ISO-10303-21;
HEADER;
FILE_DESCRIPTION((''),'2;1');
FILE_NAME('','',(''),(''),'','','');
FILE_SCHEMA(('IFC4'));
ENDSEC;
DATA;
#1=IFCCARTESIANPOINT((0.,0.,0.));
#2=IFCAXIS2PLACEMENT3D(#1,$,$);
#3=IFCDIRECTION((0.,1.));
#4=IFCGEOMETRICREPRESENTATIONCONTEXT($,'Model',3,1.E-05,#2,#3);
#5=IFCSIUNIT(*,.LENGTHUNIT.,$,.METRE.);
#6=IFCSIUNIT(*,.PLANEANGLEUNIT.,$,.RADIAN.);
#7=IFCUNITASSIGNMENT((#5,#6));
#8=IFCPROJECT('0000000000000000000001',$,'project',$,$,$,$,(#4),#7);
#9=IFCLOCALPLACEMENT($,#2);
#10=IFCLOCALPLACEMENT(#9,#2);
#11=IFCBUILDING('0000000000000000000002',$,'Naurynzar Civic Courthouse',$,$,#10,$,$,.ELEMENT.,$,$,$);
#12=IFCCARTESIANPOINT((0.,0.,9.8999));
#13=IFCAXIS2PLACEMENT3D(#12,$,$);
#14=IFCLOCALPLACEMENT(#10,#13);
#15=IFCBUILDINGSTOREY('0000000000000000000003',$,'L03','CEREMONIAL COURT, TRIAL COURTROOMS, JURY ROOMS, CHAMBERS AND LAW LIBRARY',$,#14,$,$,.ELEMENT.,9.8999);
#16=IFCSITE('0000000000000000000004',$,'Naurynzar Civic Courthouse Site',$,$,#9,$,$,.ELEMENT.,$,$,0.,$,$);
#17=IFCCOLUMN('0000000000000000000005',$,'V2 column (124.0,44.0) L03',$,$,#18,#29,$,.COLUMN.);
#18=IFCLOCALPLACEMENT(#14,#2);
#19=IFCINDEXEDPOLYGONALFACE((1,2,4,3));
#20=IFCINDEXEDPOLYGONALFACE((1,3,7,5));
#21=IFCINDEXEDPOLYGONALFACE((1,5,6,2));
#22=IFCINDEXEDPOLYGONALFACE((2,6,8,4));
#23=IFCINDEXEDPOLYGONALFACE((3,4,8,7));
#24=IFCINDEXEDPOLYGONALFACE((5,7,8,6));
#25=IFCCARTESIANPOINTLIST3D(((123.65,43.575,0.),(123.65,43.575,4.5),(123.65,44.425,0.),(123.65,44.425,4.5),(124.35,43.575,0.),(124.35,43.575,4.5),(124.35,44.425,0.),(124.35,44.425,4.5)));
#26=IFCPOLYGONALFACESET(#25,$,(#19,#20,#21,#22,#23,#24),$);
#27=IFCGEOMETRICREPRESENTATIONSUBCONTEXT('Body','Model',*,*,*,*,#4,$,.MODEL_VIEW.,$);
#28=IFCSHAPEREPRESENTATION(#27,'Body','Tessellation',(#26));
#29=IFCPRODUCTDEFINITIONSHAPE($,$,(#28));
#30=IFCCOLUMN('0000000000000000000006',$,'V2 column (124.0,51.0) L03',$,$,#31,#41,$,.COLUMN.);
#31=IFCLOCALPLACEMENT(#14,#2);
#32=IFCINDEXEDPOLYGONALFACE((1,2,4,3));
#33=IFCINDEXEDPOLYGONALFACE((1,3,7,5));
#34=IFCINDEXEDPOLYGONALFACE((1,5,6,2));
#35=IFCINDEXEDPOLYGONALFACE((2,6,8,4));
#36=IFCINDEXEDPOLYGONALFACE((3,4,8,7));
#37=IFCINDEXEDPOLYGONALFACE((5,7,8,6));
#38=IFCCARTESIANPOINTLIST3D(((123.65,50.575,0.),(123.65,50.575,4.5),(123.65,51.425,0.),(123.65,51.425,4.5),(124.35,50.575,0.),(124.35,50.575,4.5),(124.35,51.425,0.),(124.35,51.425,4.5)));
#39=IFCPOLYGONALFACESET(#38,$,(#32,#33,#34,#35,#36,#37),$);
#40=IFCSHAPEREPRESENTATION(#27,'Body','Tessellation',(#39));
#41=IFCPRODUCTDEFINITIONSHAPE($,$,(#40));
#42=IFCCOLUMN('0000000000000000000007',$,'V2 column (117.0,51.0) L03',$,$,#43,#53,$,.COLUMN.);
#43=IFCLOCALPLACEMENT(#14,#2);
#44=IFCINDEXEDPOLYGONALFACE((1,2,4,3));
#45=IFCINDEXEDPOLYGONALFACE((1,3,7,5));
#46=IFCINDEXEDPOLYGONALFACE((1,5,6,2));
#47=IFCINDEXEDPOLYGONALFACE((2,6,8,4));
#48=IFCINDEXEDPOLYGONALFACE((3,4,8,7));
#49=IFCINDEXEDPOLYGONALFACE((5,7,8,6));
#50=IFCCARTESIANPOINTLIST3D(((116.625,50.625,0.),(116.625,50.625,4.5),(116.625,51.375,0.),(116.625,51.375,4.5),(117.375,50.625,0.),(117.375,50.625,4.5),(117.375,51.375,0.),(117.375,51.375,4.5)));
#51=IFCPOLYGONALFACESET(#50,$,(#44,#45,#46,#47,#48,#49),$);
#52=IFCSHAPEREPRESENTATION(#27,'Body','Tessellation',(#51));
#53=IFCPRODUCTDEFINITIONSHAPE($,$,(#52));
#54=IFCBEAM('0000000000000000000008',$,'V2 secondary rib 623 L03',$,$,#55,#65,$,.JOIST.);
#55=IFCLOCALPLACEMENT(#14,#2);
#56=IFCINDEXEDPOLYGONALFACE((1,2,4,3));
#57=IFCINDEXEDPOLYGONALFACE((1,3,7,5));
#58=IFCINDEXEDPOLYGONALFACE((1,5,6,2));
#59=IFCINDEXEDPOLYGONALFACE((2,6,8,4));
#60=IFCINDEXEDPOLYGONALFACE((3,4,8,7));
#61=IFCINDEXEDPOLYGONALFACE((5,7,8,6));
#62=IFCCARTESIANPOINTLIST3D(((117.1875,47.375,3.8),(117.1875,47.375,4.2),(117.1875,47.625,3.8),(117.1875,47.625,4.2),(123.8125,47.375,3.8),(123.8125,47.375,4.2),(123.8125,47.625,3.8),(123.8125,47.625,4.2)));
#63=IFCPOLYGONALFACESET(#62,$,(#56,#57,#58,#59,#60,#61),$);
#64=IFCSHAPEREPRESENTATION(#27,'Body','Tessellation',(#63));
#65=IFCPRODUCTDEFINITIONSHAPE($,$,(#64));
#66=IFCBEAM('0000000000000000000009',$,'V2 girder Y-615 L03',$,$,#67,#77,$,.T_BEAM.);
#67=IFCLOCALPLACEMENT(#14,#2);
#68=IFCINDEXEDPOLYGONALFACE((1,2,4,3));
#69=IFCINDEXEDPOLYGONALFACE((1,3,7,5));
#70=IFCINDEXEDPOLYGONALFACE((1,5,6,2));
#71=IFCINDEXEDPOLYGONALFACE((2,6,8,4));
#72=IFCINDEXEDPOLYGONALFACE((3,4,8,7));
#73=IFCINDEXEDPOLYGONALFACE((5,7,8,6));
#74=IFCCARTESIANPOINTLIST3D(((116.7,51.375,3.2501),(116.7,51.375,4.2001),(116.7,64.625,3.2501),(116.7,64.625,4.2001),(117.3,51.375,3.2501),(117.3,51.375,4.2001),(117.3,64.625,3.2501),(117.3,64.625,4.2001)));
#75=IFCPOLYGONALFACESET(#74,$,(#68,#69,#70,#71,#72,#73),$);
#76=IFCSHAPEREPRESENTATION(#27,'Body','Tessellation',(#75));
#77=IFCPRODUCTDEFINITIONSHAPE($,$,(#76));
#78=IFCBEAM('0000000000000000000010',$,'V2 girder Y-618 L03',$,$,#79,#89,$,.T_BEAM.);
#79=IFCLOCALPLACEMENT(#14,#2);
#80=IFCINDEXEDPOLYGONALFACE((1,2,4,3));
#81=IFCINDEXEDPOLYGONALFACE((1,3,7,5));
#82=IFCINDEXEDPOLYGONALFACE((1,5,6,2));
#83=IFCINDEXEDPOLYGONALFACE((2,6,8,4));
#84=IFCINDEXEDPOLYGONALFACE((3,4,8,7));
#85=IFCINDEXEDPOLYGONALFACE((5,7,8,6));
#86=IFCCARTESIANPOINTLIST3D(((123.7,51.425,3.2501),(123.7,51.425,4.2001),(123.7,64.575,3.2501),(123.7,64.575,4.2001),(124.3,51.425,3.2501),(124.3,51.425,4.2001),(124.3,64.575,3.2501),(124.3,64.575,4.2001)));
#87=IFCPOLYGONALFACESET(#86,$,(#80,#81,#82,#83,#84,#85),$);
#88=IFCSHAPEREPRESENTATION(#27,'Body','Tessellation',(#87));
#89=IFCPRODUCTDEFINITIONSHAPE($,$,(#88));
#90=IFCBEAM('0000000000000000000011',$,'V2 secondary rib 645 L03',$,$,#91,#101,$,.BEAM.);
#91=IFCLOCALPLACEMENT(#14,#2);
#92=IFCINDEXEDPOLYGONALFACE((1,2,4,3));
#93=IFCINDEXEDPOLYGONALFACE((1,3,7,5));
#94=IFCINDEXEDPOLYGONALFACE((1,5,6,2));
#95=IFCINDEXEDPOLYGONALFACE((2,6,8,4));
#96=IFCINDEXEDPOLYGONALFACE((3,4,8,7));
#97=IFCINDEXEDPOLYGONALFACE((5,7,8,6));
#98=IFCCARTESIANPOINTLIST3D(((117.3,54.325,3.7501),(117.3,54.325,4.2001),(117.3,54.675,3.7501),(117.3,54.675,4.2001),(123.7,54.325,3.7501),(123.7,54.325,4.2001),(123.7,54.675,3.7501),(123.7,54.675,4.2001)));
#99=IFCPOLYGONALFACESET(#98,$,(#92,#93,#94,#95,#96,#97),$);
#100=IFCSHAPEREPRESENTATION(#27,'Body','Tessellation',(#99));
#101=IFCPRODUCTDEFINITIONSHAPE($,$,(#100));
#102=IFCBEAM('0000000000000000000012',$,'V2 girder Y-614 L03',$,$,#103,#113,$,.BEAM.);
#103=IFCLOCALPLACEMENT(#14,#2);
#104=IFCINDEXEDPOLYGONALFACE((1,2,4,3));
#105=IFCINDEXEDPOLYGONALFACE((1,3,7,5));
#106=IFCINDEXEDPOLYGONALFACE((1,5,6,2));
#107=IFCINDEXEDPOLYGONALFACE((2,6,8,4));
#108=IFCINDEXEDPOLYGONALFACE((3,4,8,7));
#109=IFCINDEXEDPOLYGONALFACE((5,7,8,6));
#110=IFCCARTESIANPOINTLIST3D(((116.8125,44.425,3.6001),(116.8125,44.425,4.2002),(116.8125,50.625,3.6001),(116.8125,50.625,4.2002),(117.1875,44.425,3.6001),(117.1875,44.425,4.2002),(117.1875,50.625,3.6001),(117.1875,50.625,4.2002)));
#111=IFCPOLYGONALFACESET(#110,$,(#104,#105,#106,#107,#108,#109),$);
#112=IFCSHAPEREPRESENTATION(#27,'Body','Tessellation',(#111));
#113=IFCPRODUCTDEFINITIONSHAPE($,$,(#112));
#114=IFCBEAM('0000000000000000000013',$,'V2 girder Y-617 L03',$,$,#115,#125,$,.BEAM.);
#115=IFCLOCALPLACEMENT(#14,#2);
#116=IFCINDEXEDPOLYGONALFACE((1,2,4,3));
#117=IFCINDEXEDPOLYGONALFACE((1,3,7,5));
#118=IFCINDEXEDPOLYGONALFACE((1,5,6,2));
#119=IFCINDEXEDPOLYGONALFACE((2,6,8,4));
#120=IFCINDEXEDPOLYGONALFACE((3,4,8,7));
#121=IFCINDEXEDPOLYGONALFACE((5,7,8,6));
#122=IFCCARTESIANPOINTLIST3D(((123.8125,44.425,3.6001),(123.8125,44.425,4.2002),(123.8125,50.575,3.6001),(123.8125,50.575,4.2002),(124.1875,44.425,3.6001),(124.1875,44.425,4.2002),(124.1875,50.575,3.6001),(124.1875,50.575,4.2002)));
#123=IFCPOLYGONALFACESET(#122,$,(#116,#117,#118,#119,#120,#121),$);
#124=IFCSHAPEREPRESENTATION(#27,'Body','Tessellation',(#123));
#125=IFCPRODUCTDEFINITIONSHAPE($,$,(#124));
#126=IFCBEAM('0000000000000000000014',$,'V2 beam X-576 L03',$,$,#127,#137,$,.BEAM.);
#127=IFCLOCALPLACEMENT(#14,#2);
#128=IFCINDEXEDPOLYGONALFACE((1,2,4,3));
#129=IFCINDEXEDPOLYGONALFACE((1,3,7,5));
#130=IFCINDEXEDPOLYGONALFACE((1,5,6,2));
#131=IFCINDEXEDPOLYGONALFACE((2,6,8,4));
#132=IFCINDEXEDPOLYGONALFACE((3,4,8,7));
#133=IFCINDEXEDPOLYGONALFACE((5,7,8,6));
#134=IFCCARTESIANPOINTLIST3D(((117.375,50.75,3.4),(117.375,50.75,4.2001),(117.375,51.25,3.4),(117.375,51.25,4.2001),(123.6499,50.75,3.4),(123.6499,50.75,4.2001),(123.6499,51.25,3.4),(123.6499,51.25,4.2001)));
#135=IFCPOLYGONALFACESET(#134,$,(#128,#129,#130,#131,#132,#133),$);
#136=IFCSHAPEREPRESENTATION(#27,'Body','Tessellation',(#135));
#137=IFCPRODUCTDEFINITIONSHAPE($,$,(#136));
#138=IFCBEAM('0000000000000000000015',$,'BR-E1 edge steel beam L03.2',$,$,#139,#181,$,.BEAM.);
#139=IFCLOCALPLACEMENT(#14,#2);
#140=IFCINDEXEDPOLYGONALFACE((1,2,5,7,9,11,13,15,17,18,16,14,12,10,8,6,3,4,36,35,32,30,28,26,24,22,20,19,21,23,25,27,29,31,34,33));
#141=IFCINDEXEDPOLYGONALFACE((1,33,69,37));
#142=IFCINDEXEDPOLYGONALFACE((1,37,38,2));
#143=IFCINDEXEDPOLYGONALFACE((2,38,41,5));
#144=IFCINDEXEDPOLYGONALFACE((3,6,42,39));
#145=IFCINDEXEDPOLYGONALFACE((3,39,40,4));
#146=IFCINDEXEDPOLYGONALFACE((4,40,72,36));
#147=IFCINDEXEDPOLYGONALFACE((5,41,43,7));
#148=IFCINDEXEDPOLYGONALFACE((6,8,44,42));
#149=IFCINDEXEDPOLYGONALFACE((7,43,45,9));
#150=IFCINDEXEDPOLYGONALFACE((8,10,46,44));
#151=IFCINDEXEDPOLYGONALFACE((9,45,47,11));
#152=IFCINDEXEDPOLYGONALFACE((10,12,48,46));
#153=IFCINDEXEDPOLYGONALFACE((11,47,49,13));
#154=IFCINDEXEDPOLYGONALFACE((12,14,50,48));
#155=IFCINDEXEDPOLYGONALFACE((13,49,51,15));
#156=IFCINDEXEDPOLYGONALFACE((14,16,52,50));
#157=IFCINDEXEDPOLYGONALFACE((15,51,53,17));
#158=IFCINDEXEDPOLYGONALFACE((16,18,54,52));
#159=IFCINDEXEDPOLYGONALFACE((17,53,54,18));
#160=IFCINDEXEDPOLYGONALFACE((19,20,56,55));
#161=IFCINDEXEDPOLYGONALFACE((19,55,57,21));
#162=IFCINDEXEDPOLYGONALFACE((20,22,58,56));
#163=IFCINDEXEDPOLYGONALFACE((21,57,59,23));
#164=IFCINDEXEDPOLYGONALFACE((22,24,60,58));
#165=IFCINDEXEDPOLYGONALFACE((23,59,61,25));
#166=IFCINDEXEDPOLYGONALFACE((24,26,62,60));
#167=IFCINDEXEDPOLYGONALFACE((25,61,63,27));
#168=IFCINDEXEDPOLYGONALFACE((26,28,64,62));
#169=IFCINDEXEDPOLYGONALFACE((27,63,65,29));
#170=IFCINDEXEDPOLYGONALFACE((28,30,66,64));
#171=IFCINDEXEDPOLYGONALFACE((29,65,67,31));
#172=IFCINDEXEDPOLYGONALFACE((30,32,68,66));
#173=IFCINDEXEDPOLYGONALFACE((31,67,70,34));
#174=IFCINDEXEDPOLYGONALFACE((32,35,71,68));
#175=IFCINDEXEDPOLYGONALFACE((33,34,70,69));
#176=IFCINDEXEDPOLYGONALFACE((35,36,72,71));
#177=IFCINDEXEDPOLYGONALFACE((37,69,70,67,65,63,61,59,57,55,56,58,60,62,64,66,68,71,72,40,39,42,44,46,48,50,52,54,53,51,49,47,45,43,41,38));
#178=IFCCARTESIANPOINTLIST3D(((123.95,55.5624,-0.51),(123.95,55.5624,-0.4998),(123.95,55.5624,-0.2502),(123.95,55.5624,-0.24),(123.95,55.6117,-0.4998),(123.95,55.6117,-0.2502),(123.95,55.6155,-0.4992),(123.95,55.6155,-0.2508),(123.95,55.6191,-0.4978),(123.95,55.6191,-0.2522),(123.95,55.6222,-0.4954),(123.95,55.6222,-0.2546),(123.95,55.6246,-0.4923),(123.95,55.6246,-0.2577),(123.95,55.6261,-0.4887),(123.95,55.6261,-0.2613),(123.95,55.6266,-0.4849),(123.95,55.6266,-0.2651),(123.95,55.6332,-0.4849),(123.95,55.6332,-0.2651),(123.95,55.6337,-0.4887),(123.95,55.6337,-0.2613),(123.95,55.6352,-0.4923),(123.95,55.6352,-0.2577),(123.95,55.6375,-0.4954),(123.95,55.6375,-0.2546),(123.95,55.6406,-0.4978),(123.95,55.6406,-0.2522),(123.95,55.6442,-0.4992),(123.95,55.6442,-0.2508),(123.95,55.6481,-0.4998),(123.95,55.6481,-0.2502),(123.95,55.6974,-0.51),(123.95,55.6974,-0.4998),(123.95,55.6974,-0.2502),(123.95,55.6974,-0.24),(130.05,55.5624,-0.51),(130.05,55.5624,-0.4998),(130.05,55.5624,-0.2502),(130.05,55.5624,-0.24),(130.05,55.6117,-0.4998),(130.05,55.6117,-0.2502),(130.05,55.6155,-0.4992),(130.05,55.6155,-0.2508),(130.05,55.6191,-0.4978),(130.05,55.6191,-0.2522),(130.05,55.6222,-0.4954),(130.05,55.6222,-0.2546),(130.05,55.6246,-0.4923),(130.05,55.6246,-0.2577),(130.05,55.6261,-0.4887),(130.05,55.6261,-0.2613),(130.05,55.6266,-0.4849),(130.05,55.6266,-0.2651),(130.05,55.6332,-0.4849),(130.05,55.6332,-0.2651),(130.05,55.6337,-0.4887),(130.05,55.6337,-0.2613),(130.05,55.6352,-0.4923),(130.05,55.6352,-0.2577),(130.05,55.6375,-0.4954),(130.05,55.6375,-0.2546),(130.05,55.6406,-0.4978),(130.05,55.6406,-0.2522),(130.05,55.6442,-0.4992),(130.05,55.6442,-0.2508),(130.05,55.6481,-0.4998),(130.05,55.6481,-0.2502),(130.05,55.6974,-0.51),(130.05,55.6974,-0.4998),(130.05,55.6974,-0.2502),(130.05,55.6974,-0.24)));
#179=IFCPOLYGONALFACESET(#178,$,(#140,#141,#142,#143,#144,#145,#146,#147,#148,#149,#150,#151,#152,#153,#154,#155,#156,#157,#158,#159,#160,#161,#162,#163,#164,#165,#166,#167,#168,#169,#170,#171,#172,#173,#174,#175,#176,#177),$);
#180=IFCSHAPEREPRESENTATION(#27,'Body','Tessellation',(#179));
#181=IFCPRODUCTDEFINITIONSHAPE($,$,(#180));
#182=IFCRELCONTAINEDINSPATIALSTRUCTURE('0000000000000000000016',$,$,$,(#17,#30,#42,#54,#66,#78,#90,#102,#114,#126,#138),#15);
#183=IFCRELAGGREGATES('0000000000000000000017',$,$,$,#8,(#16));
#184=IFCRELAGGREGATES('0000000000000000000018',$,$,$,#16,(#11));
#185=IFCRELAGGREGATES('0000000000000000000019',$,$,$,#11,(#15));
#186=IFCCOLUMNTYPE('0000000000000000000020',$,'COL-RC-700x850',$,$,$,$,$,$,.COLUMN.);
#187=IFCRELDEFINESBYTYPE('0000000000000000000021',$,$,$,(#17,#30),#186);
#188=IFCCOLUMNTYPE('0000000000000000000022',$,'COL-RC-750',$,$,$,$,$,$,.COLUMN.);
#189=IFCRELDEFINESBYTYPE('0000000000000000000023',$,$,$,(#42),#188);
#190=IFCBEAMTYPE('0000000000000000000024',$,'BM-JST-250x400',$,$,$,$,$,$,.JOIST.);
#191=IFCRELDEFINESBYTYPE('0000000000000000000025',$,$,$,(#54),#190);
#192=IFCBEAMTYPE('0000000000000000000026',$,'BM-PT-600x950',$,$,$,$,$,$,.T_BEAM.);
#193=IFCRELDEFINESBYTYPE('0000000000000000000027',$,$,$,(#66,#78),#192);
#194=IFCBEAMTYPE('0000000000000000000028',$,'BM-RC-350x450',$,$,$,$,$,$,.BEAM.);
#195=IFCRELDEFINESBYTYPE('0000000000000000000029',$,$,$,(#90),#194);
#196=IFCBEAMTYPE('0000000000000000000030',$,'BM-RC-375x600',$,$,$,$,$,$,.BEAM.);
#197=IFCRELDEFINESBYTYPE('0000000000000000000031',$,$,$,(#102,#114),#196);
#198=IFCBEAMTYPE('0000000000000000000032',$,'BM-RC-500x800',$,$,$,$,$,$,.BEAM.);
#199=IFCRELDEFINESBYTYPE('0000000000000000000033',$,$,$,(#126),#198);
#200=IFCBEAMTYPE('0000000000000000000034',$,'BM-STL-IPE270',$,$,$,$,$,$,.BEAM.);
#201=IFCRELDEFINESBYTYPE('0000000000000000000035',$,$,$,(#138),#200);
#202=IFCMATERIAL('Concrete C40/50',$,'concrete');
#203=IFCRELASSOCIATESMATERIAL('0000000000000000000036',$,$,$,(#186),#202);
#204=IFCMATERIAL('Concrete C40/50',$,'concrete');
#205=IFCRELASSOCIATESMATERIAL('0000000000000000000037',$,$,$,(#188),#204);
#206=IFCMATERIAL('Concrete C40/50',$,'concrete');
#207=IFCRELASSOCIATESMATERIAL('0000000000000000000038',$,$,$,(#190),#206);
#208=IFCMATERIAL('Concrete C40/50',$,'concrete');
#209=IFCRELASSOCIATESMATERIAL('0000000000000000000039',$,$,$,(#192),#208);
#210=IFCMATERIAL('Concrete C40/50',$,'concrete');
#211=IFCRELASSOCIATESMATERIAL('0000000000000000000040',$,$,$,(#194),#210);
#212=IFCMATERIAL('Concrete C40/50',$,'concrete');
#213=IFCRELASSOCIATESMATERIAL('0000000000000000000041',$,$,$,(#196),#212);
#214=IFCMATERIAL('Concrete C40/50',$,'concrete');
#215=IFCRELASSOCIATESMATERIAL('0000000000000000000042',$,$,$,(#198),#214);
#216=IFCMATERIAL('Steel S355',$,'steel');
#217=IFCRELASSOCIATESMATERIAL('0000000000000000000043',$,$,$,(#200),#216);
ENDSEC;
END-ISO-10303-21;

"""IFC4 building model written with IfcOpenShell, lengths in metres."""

from ifc_helpers import new_model, si_unit, direction, frame, origin, origin_2d, place, context, subcontext, project, spatial, rectangle, i_section, extrude, material, material_profile, profile_set, type_object, element, save


model = new_model("IFC4")

# Units and contexts
model_context = context("Model", 3, precision=1e-05, world=origin(), true_north=direction((0.0, 1.0)))
body_context = subcontext(model_context, "Body", "Model", "MODEL_VIEW")
ifc_project = project(units=[si_unit("LENGTHUNIT", "METRE"), si_unit("PLANEANGLEUNIT", "RADIAN")], contexts=[model_context])

# Site, building, storey
site_placement = place(None, origin())
site = spatial("IfcSite", under=ifc_project, at=site_placement, Name="Naurynzar Civic Courthouse Site", CompositionType="ELEMENT", RefElevation=0.0)
building_placement = place(site_placement, origin())
building = spatial("IfcBuilding", under=site, at=building_placement, Name="Naurynzar Civic Courthouse", CompositionType="ELEMENT")
storey_placement = place(building_placement, frame((0.0, 0.0, 9.8999)))
storey = spatial("IfcBuildingStorey", under=building, at=storey_placement, Name="L03", Description="CEREMONIAL COURT, TRIAL COURTROOMS, JURY ROOMS, CHAMBERS AND LAW LIBRARY", CompositionType="ELEMENT", Elevation=9.8999)

# Columns
ifc_material_1 = material(Name="Concrete C40/50", Category="concrete")
ifc_material_profile_1 = material_profile(ifc_material_1, rectangle(XDim=0.7, YDim=0.8501, at=origin_2d()), Name="RC 700x850")
ifc_profile_set_1 = profile_set([ifc_material_profile_1], Name="Concrete C40/50")
column_type_1 = type_object("IfcColumnType", Name="COL-RC-700x850", PredefinedType="COLUMN", material=ifc_profile_set_1)
for number, where, z_axis, x_axis, name in (
    (1, (124.0, 44.0, 0.0), (0.0, 0.0, 1.0), (1.0, 0.0, 0.0), "V2 column (124.0,44.0) L03"),
    (2, (124.0, 51.0, 0.0), (0.0, 0.0, 1.0), (1.0, 0.0, 0.0), "V2 column (124.0,51.0) L03"),
):
    element("IfcColumn", number, at=place(storey_placement, frame(where, z_axis=z_axis, x_axis=x_axis)), inside=storey, type_object=column_type_1, Name=name, PredefinedType="COLUMN", context=body_context, shape_type="SweptSolid", body=[
        extrude(rectangle(XDim=0.7, YDim=0.8501, at=origin_2d()), origin(), (0.0, 0.0, 1.0), 4.5),
    ])
ifc_material_2 = material(Name="Concrete C40/50", Category="concrete")
ifc_material_profile_2 = material_profile(ifc_material_2, rectangle(XDim=0.75, YDim=0.75, at=origin_2d()), Name="RC 750x750")
ifc_profile_set_2 = profile_set([ifc_material_profile_2], Name="Concrete C40/50")
column_type_2 = type_object("IfcColumnType", Name="COL-RC-750", PredefinedType="COLUMN", material=ifc_profile_set_2)
column_placement = place(storey_placement, frame((117.0, 51.0, 0.0), z_axis=(0.0, 0.0, 1.0), x_axis=(1.0, 0.0, 0.0)))
element("IfcColumn", 3, at=column_placement, inside=storey, type_object=column_type_2, Name="V2 column (117.0,51.0) L03", PredefinedType="COLUMN", context=body_context, shape_type="SweptSolid", body=[
    extrude(rectangle(XDim=0.75, YDim=0.75, at=origin_2d()), origin(), (0.0, 0.0, 1.0), 4.5),
])

# Beams
ifc_material_3 = material(Name="Concrete C40/50", Category="concrete")
ifc_material_profile_3 = material_profile(ifc_material_3, rectangle(XDim=0.25, YDim=0.3999, at=origin_2d()), Name="RCB 250x400")
ifc_profile_set_3 = profile_set([ifc_material_profile_3], Name="Concrete C40/50")
beam_type_1 = type_object("IfcBeamType", Name="BM-JST-250x400", PredefinedType="JOIST", material=ifc_profile_set_3)
beam_1_placement = place(storey_placement, frame((117.1875, 47.5, 4.0), z_axis=(1.0, 0.0, 0.0), x_axis=(0.0, 1.0, 0.0)))
element("IfcBeam", 4, at=beam_1_placement, inside=storey, type_object=beam_type_1, Name="V2 secondary rib 623 L03", PredefinedType="JOIST", context=body_context, shape_type="SweptSolid", body=[
    extrude(rectangle(XDim=0.25, YDim=0.3999, at=origin_2d()), origin(), (0.0, 0.0, 1.0), 6.625),
])
ifc_material_4 = material(Name="Concrete C40/50", Category="concrete")
ifc_material_profile_4 = material_profile(ifc_material_4, rectangle(XDim=0.6001, YDim=0.95, at=origin_2d()), Name="PTB 600x950")
ifc_profile_set_4 = profile_set([ifc_material_profile_4], Name="Concrete C40/50")
beam_type_2 = type_object("IfcBeamType", Name="BM-PT-600x950", PredefinedType="T_BEAM", material=ifc_profile_set_4)
beam_2_placement = place(storey_placement, frame((117.0, 51.375, 3.7251), z_axis=(0.0, 1.0, 0.0), x_axis=(-1.0, 0.0, 0.0)))
element("IfcBeam", 5, at=beam_2_placement, inside=storey, type_object=beam_type_2, Name="V2 girder Y-615 L03", PredefinedType="T_BEAM", context=body_context, shape_type="SweptSolid", body=[
    extrude(rectangle(XDim=0.6001, YDim=0.95, at=origin_2d()), origin(), (0.0, 0.0, 1.0), 13.25),
])
beam_3_placement = place(storey_placement, frame((124.0, 51.425, 3.7251), z_axis=(0.0, 1.0, 0.0), x_axis=(-1.0, 0.0, 0.0)))
element("IfcBeam", 6, at=beam_3_placement, inside=storey, type_object=beam_type_2, Name="V2 girder Y-618 L03", PredefinedType="T_BEAM", context=body_context, shape_type="SweptSolid", body=[
    extrude(rectangle(XDim=0.6001, YDim=0.95, at=origin_2d()), origin(), (0.0, 0.0, 1.0), 13.1499),
])
ifc_material_5 = material(Name="Concrete C40/50", Category="concrete")
ifc_material_profile_5 = material_profile(ifc_material_5, rectangle(XDim=0.3501, YDim=0.45, at=origin_2d()), Name="RCB 350x450")
ifc_profile_set_5 = profile_set([ifc_material_profile_5], Name="Concrete C40/50")
beam_type_3 = type_object("IfcBeamType", Name="BM-RC-350x450", PredefinedType="BEAM", material=ifc_profile_set_5)
beam_4_placement = place(storey_placement, frame((117.3, 54.5, 3.9751), z_axis=(1.0, 0.0, 0.0), x_axis=(0.0, 1.0, 0.0)))
element("IfcBeam", 7, at=beam_4_placement, inside=storey, type_object=beam_type_3, Name="V2 secondary rib 645 L03", PredefinedType="BEAM", context=body_context, shape_type="SweptSolid", body=[
    extrude(rectangle(XDim=0.3501, YDim=0.45, at=origin_2d()), origin(), (0.0, 0.0, 1.0), 6.3999),
])
ifc_material_6 = material(Name="Concrete C40/50", Category="concrete")
ifc_material_profile_6 = material_profile(ifc_material_6, rectangle(XDim=0.375, YDim=0.6001, at=origin_2d()), Name="RCB 375x600")
ifc_profile_set_6 = profile_set([ifc_material_profile_6], Name="Concrete C40/50")
beam_type_4 = type_object("IfcBeamType", Name="BM-RC-375x600", PredefinedType="BEAM", material=ifc_profile_set_6)
beam_5_placement = place(storey_placement, frame((117.0, 44.425, 3.9001), z_axis=(0.0, 1.0, 0.0), x_axis=(-1.0, 0.0, 0.0)))
element("IfcBeam", 8, at=beam_5_placement, inside=storey, type_object=beam_type_4, Name="V2 girder Y-614 L03", PredefinedType="BEAM", context=body_context, shape_type="SweptSolid", body=[
    extrude(rectangle(XDim=0.375, YDim=0.6001, at=origin_2d()), origin(), (0.0, 0.0, 1.0), 6.2),
])
beam_6_placement = place(storey_placement, frame((124.0, 44.425, 3.9001), z_axis=(0.0, 1.0, 0.0), x_axis=(-1.0, 0.0, 0.0)))
element("IfcBeam", 9, at=beam_6_placement, inside=storey, type_object=beam_type_4, Name="V2 girder Y-617 L03", PredefinedType="BEAM", context=body_context, shape_type="SweptSolid", body=[
    extrude(rectangle(XDim=0.375, YDim=0.6001, at=origin_2d()), origin(), (0.0, 0.0, 1.0), 6.1499),
])
ifc_material_7 = material(Name="Concrete C40/50", Category="concrete")
ifc_material_profile_7 = material_profile(ifc_material_7, rectangle(XDim=0.5, YDim=0.8, at=origin_2d()), Name="RCB 500x800")
ifc_profile_set_7 = profile_set([ifc_material_profile_7], Name="Concrete C40/50")
beam_type_5 = type_object("IfcBeamType", Name="BM-RC-500x800", PredefinedType="BEAM", material=ifc_profile_set_7)
beam_7_placement = place(storey_placement, frame((117.375, 51.0, 3.8), z_axis=(1.0, 0.0, 0.0), x_axis=(0.0, 1.0, 0.0)))
element("IfcBeam", 10, at=beam_7_placement, inside=storey, type_object=beam_type_5, Name="V2 beam X-576 L03", PredefinedType="BEAM", context=body_context, shape_type="SweptSolid", body=[
    extrude(rectangle(XDim=0.5, YDim=0.8, at=origin_2d()), origin(), (0.0, 0.0, 1.0), 6.2749),
])
ifc_material_8 = material(Name="Steel S355", Category="steel")
ifc_material_profile_8 = material_profile(ifc_material_8, i_section(OverallWidth=0.135, OverallDepth=0.27, WebThickness=0.0066, FlangeThickness=0.0103, FilletRadius=0.0149, at=origin_2d()), Name="IPE 270")
ifc_profile_set_8 = profile_set([ifc_material_profile_8], Name="Steel S355")
beam_type_6 = type_object("IfcBeamType", Name="BM-STL-IPE270", PredefinedType="BEAM", material=ifc_profile_set_8)
beam_8_placement = place(storey_placement, frame((123.95, 55.6299, -0.375), z_axis=(1.0, 0.0, 0.0), x_axis=(0.0, 1.0, 0.0)))
element("IfcBeam", 11, at=beam_8_placement, inside=storey, type_object=beam_type_6, Name="BR-E1 edge steel beam L03.2", PredefinedType="BEAM", context=body_context, shape_type="SweptSolid", body=[
    extrude(i_section(OverallWidth=0.135, OverallDepth=0.27, WebThickness=0.0066, FlangeThickness=0.0103, FilletRadius=0.0149, at=origin_2d()), origin(), (0.0, 0.0, 1.0), 6.1001),
])

save(model, "model.ifc")
